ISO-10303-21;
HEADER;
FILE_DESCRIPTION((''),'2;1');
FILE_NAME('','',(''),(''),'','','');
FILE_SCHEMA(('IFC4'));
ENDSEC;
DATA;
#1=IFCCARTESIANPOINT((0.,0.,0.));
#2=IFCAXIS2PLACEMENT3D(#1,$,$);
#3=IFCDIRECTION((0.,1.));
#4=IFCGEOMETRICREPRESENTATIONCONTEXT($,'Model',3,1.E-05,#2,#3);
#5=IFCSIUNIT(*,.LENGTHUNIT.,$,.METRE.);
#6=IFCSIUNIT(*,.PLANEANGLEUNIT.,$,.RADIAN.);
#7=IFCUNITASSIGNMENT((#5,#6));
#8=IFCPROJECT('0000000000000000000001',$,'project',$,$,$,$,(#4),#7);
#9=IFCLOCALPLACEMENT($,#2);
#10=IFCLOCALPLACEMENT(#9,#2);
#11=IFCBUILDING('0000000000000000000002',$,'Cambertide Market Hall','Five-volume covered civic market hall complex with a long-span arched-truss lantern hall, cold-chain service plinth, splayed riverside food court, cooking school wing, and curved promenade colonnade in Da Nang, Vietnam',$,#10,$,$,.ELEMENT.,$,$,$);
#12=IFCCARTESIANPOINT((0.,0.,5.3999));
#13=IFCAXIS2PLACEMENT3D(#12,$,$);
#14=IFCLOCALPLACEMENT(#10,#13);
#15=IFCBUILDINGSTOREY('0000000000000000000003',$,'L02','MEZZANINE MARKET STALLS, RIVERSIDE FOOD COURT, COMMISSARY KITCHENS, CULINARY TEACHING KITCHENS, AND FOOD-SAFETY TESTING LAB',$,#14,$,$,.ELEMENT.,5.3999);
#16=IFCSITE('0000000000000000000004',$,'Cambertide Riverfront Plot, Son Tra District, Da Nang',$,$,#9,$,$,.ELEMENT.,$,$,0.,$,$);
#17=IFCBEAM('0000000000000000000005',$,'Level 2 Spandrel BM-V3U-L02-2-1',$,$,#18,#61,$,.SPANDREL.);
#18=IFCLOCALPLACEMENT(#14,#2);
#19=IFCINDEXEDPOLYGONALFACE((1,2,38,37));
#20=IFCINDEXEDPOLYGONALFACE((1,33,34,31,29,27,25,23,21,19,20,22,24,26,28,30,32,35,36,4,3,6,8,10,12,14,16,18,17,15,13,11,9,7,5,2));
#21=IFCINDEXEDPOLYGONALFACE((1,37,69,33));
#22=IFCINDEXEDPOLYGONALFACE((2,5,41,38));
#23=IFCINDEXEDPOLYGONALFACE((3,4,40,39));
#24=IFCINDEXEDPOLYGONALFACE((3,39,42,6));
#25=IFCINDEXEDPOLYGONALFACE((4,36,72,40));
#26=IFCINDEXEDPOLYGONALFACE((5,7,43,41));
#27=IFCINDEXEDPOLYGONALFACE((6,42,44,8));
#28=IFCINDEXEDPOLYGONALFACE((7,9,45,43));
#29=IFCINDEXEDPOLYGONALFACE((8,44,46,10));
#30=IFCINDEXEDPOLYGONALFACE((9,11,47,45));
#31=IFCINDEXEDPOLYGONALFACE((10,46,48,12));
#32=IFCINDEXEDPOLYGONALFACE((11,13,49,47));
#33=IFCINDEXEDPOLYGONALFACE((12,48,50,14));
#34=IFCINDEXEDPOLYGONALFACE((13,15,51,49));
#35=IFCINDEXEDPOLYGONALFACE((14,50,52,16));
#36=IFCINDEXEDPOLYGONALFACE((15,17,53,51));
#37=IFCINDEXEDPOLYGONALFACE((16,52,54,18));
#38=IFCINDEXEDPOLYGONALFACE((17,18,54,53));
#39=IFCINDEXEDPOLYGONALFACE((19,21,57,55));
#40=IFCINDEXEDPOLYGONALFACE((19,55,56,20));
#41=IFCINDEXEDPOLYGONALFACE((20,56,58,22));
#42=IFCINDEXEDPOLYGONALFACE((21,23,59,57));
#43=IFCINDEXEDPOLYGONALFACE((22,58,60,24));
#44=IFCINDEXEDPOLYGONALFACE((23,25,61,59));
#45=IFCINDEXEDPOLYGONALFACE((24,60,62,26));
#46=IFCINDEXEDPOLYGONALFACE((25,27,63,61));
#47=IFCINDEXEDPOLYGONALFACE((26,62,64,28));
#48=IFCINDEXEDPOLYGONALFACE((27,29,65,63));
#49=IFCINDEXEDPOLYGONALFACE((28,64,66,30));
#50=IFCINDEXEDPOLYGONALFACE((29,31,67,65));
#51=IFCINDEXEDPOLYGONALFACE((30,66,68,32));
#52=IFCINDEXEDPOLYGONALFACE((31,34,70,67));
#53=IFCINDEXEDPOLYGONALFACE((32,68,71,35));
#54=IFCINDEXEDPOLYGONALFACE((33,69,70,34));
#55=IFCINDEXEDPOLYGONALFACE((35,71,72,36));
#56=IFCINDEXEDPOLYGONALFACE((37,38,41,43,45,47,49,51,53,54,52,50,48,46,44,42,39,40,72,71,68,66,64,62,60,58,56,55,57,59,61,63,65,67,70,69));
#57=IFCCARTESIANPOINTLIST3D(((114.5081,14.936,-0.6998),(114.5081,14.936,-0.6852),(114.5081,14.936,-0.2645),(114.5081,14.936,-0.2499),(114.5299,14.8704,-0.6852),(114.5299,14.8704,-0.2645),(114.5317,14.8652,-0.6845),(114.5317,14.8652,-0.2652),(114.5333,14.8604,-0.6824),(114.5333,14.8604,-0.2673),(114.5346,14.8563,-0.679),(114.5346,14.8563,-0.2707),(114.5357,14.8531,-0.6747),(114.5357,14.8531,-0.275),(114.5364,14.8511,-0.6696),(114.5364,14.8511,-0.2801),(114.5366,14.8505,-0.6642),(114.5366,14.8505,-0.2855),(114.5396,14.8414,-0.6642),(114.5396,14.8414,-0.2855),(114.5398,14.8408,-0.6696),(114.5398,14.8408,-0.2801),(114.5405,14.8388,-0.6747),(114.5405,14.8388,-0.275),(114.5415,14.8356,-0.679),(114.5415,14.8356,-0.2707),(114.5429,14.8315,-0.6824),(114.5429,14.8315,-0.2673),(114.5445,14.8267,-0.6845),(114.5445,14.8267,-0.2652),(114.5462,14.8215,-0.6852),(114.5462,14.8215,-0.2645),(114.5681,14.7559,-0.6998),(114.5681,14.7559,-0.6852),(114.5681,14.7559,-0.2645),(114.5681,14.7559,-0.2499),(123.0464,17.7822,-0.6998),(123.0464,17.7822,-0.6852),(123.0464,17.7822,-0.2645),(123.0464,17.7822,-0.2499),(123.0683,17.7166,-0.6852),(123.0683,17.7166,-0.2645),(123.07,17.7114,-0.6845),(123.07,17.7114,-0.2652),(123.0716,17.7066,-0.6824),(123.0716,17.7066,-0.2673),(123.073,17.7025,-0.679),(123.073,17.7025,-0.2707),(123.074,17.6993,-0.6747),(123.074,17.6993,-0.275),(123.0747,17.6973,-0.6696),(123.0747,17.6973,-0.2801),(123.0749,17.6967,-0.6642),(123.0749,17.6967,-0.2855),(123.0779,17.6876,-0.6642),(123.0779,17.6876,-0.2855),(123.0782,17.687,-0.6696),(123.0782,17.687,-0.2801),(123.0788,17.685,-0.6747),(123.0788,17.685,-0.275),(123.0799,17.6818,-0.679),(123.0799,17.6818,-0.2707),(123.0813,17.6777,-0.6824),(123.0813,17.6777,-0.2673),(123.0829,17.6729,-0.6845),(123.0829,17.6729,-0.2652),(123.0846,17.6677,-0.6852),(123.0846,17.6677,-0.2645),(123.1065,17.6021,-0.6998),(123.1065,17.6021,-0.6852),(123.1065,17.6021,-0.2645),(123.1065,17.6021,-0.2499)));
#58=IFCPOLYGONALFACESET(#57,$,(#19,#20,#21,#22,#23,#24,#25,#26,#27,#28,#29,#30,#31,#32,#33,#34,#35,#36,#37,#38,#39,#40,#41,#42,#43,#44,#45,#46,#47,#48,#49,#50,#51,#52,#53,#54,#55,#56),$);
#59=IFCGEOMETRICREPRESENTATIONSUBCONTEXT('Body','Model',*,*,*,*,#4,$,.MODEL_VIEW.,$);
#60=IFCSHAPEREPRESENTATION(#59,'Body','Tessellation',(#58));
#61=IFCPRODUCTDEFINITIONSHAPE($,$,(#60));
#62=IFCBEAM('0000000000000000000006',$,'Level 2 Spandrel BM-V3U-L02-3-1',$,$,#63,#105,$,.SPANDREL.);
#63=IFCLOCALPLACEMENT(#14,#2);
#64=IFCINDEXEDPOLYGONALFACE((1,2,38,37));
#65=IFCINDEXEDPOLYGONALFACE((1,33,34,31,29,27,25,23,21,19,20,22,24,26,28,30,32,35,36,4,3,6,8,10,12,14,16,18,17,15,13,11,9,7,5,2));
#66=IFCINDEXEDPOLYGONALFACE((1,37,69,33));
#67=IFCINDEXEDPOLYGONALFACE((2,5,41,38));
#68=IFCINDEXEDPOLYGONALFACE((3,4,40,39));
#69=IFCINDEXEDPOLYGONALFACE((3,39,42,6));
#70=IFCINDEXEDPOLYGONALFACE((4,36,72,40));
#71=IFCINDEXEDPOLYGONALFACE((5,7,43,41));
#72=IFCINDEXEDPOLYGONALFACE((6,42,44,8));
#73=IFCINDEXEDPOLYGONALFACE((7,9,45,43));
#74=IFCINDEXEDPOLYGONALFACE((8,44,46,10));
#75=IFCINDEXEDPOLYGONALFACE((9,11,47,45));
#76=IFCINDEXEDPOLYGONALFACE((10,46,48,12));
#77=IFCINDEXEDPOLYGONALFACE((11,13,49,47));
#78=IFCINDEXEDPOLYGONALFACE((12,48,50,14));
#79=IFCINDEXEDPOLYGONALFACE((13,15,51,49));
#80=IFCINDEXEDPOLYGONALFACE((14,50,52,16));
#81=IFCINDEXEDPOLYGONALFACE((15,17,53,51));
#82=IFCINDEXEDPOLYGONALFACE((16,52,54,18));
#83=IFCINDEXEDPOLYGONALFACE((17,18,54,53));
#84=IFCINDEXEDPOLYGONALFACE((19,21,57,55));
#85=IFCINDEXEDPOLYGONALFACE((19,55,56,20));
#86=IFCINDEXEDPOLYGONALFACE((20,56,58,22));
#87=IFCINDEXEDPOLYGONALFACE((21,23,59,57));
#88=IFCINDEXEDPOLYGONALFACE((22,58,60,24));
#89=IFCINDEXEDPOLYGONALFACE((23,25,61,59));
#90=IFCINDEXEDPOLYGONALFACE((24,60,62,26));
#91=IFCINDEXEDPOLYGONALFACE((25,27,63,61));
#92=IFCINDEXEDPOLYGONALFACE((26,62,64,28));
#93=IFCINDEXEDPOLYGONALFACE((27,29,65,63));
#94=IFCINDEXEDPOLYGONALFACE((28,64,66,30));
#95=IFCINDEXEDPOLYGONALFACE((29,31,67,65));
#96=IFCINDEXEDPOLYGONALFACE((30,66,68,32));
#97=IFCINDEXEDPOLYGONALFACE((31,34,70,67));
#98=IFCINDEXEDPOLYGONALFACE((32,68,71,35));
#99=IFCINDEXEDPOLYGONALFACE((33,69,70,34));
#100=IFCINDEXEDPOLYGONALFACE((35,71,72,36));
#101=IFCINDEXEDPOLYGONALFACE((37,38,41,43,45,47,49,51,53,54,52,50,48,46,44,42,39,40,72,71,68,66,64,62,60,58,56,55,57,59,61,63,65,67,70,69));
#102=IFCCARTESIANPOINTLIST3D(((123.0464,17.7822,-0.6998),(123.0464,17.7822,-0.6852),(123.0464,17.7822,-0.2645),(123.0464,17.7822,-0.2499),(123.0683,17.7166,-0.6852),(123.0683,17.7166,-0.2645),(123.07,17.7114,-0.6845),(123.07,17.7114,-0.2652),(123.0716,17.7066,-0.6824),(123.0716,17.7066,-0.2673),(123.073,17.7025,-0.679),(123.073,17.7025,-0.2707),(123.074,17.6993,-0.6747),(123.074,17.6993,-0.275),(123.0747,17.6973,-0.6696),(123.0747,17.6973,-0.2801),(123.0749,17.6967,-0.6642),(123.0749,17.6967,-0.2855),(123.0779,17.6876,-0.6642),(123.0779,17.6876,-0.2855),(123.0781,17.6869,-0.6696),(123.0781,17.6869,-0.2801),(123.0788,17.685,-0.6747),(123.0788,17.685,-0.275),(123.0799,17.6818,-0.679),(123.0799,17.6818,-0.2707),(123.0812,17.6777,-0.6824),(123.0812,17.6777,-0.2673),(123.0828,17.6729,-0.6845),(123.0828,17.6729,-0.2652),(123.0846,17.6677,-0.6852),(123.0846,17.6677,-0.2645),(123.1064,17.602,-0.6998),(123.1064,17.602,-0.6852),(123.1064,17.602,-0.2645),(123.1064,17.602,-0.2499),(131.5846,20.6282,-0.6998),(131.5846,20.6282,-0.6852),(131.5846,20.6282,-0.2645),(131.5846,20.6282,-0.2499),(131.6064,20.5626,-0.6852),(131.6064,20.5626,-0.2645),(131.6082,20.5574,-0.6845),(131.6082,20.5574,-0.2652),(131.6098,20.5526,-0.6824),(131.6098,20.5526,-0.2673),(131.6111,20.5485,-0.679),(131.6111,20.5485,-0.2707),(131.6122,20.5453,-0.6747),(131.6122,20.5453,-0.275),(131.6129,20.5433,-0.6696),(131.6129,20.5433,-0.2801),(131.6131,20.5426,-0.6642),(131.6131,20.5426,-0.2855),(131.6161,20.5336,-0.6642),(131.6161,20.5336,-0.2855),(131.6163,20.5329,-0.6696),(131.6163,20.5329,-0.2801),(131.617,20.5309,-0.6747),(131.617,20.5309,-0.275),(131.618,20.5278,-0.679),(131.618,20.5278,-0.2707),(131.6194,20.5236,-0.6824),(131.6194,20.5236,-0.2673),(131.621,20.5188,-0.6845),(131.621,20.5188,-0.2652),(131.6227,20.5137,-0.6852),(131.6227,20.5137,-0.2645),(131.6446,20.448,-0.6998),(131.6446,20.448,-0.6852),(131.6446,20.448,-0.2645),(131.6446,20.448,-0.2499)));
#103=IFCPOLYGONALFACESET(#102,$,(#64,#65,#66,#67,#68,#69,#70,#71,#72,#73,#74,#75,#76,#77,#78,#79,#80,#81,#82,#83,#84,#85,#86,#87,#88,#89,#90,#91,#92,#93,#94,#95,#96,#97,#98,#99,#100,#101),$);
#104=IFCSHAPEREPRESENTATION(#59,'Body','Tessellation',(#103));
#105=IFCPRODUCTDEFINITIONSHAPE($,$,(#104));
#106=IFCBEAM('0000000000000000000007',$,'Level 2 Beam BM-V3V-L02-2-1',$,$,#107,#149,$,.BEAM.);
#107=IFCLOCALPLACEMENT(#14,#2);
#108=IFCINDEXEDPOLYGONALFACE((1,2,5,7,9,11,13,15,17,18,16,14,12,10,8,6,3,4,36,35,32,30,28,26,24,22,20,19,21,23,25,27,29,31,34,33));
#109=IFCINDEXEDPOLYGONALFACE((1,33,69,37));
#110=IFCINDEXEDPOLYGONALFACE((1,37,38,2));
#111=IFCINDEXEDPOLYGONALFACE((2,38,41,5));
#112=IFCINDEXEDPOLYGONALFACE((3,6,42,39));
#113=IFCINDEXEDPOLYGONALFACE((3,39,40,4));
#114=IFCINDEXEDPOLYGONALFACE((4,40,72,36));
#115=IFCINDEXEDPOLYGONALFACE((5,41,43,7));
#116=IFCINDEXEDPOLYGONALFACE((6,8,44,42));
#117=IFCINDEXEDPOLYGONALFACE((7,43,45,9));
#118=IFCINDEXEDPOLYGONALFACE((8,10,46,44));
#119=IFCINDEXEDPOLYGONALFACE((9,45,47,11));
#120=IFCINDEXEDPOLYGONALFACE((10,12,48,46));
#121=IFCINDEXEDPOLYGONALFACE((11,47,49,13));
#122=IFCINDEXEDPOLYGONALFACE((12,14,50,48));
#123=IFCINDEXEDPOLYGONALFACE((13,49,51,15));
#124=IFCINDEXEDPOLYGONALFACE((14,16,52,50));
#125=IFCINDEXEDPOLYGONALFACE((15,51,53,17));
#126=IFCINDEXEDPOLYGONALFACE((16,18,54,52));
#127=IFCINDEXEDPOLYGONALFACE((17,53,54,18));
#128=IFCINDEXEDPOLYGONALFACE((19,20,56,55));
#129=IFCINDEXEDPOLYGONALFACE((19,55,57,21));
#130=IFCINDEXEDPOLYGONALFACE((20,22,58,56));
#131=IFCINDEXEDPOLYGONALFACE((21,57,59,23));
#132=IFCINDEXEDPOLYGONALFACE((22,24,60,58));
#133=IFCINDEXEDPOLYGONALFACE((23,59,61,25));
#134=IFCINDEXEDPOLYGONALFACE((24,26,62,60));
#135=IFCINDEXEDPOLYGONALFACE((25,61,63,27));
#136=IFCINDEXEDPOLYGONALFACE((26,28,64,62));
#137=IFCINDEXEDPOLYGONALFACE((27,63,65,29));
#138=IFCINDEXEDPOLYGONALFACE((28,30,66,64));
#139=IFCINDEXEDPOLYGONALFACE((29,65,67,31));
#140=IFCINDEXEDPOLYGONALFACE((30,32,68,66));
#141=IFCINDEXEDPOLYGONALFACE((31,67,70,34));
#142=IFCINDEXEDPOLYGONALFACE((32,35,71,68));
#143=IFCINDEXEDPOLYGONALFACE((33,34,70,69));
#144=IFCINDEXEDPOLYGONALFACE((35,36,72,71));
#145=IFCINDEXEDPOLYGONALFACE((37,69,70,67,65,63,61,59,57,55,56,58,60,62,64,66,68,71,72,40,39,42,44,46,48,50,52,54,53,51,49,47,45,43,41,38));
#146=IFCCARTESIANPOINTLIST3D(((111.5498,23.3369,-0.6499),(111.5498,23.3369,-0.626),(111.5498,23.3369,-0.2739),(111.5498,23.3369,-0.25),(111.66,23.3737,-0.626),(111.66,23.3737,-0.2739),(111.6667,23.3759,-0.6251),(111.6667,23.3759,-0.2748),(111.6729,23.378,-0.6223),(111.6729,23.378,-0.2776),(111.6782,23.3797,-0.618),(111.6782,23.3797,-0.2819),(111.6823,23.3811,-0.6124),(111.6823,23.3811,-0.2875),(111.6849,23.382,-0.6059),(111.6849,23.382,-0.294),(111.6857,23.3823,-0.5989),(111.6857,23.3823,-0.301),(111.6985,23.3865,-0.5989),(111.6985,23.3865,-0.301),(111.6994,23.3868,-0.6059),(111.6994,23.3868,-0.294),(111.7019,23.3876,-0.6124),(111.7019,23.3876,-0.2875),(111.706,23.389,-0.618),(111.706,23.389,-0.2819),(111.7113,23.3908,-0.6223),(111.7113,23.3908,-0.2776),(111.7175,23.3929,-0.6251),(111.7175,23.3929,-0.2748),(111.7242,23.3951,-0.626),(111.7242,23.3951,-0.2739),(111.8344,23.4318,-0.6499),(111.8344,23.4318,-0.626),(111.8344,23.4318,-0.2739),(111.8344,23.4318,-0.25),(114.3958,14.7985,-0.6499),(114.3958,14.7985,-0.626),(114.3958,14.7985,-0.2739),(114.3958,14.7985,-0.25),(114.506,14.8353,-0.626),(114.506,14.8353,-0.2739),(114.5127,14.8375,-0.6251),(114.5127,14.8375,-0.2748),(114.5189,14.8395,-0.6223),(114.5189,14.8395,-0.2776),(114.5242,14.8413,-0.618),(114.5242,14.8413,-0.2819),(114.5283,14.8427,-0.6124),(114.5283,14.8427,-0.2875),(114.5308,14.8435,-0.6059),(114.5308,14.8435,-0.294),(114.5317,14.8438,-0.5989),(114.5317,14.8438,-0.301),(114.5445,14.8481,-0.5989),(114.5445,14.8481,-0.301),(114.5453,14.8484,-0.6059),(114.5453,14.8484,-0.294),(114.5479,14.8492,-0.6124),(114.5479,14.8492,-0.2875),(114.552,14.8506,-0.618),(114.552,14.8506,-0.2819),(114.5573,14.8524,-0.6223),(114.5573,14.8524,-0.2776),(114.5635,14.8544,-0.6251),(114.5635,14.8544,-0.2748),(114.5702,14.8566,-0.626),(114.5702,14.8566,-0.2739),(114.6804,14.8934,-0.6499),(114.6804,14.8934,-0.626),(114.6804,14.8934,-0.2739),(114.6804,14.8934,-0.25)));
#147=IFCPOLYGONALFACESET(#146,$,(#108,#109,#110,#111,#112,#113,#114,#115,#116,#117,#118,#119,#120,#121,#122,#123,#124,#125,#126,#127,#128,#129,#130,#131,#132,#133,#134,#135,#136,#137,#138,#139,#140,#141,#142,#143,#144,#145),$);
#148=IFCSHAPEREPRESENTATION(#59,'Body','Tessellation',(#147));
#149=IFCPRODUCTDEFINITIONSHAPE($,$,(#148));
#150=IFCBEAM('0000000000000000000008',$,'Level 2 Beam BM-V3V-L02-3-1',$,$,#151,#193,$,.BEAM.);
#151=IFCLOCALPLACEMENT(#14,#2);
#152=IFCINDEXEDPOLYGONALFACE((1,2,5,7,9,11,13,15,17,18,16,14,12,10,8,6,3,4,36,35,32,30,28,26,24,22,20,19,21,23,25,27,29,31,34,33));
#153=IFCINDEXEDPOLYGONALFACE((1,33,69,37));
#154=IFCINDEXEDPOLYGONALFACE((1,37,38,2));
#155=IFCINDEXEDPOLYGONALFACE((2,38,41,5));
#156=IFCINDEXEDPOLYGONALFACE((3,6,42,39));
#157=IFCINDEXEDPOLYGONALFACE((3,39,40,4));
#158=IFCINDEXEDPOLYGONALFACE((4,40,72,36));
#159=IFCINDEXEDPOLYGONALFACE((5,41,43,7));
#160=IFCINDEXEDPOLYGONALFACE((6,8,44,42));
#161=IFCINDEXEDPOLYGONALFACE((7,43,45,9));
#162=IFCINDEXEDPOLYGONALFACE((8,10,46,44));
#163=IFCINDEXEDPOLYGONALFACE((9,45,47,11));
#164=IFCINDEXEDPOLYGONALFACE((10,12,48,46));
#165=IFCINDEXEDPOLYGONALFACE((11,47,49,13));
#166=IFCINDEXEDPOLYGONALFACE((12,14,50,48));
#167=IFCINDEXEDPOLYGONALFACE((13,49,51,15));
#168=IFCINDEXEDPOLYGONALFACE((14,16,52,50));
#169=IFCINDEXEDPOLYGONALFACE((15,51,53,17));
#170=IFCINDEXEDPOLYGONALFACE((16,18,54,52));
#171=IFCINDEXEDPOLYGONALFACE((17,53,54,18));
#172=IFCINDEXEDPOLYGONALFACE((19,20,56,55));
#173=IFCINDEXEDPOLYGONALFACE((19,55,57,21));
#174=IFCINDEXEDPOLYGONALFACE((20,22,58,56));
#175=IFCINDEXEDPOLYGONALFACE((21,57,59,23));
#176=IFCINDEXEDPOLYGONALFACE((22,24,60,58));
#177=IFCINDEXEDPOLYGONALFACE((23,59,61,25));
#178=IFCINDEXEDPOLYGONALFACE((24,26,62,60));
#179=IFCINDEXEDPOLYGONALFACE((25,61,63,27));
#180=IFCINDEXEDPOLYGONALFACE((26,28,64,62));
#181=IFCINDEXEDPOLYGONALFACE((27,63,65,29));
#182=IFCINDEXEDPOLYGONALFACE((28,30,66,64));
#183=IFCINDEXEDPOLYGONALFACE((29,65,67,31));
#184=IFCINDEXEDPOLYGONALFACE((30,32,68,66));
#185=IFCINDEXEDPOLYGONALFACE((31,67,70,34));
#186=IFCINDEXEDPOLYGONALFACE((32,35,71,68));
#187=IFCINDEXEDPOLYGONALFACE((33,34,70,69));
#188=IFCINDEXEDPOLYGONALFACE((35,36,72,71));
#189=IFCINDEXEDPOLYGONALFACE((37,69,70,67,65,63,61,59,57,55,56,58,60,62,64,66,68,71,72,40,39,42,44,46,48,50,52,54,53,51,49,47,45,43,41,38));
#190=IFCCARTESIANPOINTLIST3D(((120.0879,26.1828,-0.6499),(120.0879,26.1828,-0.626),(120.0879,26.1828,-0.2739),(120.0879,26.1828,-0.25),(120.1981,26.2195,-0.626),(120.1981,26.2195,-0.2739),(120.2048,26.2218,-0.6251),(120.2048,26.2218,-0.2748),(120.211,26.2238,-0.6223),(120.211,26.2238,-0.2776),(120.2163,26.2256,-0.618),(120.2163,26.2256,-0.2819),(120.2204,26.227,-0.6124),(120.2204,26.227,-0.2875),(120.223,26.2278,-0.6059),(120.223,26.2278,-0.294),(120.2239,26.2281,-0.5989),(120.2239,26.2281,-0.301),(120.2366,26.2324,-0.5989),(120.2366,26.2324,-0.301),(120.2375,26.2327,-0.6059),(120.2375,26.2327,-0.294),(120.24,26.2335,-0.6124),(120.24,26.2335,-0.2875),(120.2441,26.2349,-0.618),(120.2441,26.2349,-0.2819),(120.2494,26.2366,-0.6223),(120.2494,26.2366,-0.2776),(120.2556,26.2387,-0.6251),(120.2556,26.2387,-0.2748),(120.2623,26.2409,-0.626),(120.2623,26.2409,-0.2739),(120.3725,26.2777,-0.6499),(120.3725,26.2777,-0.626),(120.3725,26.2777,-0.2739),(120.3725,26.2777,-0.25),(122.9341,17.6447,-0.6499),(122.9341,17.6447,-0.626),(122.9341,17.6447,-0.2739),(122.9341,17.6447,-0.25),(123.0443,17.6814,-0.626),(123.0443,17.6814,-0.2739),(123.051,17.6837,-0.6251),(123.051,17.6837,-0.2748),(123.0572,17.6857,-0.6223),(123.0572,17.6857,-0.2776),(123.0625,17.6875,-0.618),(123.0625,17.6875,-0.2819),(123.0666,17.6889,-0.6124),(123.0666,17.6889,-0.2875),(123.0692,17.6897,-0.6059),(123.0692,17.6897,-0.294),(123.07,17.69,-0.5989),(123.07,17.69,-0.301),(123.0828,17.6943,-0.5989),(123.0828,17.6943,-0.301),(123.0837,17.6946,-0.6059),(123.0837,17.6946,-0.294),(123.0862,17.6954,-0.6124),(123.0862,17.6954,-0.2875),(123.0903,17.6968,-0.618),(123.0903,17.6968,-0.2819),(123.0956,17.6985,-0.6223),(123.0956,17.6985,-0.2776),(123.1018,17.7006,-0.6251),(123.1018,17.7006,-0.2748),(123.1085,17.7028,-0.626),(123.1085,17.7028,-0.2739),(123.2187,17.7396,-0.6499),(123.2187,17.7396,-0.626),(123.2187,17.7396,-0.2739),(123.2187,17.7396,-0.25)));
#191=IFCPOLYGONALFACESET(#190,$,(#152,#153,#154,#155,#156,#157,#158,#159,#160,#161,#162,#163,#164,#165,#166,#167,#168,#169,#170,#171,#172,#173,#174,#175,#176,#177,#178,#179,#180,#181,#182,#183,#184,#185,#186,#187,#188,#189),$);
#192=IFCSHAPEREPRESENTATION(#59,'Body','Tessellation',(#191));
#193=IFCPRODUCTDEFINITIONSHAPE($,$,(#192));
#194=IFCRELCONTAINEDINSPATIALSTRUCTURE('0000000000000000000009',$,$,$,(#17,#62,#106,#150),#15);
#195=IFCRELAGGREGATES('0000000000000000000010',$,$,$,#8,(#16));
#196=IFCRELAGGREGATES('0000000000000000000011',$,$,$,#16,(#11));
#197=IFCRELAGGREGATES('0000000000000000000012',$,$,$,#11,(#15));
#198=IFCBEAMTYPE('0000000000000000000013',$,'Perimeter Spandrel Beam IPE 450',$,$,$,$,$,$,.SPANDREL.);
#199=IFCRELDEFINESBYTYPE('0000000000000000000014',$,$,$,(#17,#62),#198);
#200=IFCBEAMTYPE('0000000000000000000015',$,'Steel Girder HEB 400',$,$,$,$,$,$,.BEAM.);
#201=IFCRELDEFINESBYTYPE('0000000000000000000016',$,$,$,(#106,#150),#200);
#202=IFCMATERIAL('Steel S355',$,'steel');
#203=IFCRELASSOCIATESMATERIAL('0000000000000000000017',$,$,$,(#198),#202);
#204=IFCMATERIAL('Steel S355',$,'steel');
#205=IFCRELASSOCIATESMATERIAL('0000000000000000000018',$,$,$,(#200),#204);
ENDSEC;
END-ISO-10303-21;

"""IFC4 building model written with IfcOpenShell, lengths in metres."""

from ifc_helpers import new_model, si_unit, direction, frame, origin, origin_2d, place, context, subcontext, project, spatial, i_section, extrude, material, material_profile, profile_set, type_object, element, save


model = new_model("IFC4")

# Units and contexts
model_context = context("Model", 3, precision=1e-05, world=origin(), true_north=direction((0.0, 1.0)))
body_context = subcontext(model_context, "Body", "Model", "MODEL_VIEW")
ifc_project = project(units=[si_unit("LENGTHUNIT", "METRE"), si_unit("PLANEANGLEUNIT", "RADIAN")], contexts=[model_context])

# Site, building, storey
site_placement = place(None, origin())
site = spatial("IfcSite", under=ifc_project, at=site_placement, Name="Cambertide Riverfront Plot, Son Tra District, Da Nang", CompositionType="ELEMENT", RefElevation=0.0)
building_placement = place(site_placement, origin())
building = spatial("IfcBuilding", under=site, at=building_placement, Name="Cambertide Market Hall", Description="Five-volume covered civic market hall complex with a long-span arched-truss lantern hall, cold-chain service plinth, splayed riverside food court, cooking school wing, and curved promenade colonnade in Da Nang, Vietnam", CompositionType="ELEMENT")
storey_placement = place(building_placement, frame((0.0, 0.0, 5.3999)))
storey = spatial("IfcBuildingStorey", under=building, at=storey_placement, Name="L02", Description="MEZZANINE MARKET STALLS, RIVERSIDE FOOD COURT, COMMISSARY KITCHENS, CULINARY TEACHING KITCHENS, AND FOOD-SAFETY TESTING LAB", CompositionType="ELEMENT", Elevation=5.3999)

# Beams
ifc_material_1 = material(Name="Steel S355", Category="steel")
ifc_material_profile_1 = material_profile(ifc_material_1, i_section(OverallWidth=0.1899, OverallDepth=0.45, WebThickness=0.0095, FlangeThickness=0.0146, FilletRadius=0.021, at=origin_2d()), Name="IPE 450")
ifc_profile_set_1 = profile_set([ifc_material_profile_1], Name="Steel S355")
beam_type_1 = type_object("IfcBeamType", Name="Perimeter Spandrel Beam IPE 450", PredefinedType="SPANDREL", material=ifc_profile_set_1)
beam_1_placement = place(storey_placement, frame((114.5381, 14.8459, -0.4749), z_axis=(0.948681, 0.316236, 0.0), x_axis=(-0.316236, 0.948681, 0.0)))
element("IfcBeam", 1, at=beam_1_placement, inside=storey, type_object=beam_type_1, Name="Level 2 Spandrel BM-V3U-L02-2-1", PredefinedType="SPANDREL", context=body_context, shape_type="SweptSolid", body=[
    extrude(i_section(OverallWidth=0.1899, OverallDepth=0.45, WebThickness=0.0095, FlangeThickness=0.0146, FilletRadius=0.021, at=origin_2d()), origin(), (0.0, 0.0, 1.0), 9.0002),
])
beam_2_placement = place(storey_placement, frame((123.0764, 17.6921, -0.4749), z_axis=(0.948686, 0.31622, 0.0), x_axis=(-0.31622, 0.948686, 0.0)))
element("IfcBeam", 2, at=beam_2_placement, inside=storey, type_object=beam_type_1, Name="Level 2 Spandrel BM-V3U-L02-3-1", PredefinedType="SPANDREL", context=body_context, shape_type="SweptSolid", body=[
    extrude(i_section(OverallWidth=0.1899, OverallDepth=0.45, WebThickness=0.0095, FlangeThickness=0.0146, FilletRadius=0.021, at=origin_2d()), origin(), (0.0, 0.0, 1.0), 9.0),
])
ifc_material_2 = material(Name="Steel S355", Category="steel")
ifc_material_profile_2 = material_profile(ifc_material_2, i_section(OverallWidth=0.3, OverallDepth=0.3999, WebThickness=0.0134, FlangeThickness=0.0239, FilletRadius=0.0271, at=origin_2d()), Name="HEB 400")
ifc_profile_set_2 = profile_set([ifc_material_profile_2], Name="Steel S355")
beam_type_2 = type_object("IfcBeamType", Name="Steel Girder HEB 400", PredefinedType="BEAM", material=ifc_profile_set_2)
beam_3_placement = place(storey_placement, frame((114.5381, 14.8459, -0.45), z_axis=(-0.316211, 0.948689, 0.0), x_axis=(-0.948689, -0.316211, 0.0)))
element("IfcBeam", 3, at=beam_3_placement, inside=storey, type_object=beam_type_2, Name="Level 2 Beam BM-V3V-L02-2-1", PredefinedType="BEAM", context=body_context, shape_type="SweptSolid", body=[
    extrude(i_section(OverallWidth=0.3, OverallDepth=0.3999, WebThickness=0.0134, FlangeThickness=0.0239, FilletRadius=0.0271, at=origin_2d()), origin(), (0.0, 0.0, 1.0), 9.0002),
])
beam_4_placement = place(storey_placement, frame((123.0764, 17.6921, -0.45), z_axis=(-0.316244, 0.948678, 0.0), x_axis=(-0.948678, -0.316244, 0.0)))
element("IfcBeam", 4, at=beam_4_placement, inside=storey, type_object=beam_type_2, Name="Level 2 Beam BM-V3V-L02-3-1", PredefinedType="BEAM", context=body_context, shape_type="SweptSolid", body=[
    extrude(i_section(OverallWidth=0.3, OverallDepth=0.3999, WebThickness=0.0134, FlangeThickness=0.0239, FilletRadius=0.0271, at=origin_2d()), origin(), (0.0, 0.0, 1.0), 9.0),
])

save(model, "model.ifc")
